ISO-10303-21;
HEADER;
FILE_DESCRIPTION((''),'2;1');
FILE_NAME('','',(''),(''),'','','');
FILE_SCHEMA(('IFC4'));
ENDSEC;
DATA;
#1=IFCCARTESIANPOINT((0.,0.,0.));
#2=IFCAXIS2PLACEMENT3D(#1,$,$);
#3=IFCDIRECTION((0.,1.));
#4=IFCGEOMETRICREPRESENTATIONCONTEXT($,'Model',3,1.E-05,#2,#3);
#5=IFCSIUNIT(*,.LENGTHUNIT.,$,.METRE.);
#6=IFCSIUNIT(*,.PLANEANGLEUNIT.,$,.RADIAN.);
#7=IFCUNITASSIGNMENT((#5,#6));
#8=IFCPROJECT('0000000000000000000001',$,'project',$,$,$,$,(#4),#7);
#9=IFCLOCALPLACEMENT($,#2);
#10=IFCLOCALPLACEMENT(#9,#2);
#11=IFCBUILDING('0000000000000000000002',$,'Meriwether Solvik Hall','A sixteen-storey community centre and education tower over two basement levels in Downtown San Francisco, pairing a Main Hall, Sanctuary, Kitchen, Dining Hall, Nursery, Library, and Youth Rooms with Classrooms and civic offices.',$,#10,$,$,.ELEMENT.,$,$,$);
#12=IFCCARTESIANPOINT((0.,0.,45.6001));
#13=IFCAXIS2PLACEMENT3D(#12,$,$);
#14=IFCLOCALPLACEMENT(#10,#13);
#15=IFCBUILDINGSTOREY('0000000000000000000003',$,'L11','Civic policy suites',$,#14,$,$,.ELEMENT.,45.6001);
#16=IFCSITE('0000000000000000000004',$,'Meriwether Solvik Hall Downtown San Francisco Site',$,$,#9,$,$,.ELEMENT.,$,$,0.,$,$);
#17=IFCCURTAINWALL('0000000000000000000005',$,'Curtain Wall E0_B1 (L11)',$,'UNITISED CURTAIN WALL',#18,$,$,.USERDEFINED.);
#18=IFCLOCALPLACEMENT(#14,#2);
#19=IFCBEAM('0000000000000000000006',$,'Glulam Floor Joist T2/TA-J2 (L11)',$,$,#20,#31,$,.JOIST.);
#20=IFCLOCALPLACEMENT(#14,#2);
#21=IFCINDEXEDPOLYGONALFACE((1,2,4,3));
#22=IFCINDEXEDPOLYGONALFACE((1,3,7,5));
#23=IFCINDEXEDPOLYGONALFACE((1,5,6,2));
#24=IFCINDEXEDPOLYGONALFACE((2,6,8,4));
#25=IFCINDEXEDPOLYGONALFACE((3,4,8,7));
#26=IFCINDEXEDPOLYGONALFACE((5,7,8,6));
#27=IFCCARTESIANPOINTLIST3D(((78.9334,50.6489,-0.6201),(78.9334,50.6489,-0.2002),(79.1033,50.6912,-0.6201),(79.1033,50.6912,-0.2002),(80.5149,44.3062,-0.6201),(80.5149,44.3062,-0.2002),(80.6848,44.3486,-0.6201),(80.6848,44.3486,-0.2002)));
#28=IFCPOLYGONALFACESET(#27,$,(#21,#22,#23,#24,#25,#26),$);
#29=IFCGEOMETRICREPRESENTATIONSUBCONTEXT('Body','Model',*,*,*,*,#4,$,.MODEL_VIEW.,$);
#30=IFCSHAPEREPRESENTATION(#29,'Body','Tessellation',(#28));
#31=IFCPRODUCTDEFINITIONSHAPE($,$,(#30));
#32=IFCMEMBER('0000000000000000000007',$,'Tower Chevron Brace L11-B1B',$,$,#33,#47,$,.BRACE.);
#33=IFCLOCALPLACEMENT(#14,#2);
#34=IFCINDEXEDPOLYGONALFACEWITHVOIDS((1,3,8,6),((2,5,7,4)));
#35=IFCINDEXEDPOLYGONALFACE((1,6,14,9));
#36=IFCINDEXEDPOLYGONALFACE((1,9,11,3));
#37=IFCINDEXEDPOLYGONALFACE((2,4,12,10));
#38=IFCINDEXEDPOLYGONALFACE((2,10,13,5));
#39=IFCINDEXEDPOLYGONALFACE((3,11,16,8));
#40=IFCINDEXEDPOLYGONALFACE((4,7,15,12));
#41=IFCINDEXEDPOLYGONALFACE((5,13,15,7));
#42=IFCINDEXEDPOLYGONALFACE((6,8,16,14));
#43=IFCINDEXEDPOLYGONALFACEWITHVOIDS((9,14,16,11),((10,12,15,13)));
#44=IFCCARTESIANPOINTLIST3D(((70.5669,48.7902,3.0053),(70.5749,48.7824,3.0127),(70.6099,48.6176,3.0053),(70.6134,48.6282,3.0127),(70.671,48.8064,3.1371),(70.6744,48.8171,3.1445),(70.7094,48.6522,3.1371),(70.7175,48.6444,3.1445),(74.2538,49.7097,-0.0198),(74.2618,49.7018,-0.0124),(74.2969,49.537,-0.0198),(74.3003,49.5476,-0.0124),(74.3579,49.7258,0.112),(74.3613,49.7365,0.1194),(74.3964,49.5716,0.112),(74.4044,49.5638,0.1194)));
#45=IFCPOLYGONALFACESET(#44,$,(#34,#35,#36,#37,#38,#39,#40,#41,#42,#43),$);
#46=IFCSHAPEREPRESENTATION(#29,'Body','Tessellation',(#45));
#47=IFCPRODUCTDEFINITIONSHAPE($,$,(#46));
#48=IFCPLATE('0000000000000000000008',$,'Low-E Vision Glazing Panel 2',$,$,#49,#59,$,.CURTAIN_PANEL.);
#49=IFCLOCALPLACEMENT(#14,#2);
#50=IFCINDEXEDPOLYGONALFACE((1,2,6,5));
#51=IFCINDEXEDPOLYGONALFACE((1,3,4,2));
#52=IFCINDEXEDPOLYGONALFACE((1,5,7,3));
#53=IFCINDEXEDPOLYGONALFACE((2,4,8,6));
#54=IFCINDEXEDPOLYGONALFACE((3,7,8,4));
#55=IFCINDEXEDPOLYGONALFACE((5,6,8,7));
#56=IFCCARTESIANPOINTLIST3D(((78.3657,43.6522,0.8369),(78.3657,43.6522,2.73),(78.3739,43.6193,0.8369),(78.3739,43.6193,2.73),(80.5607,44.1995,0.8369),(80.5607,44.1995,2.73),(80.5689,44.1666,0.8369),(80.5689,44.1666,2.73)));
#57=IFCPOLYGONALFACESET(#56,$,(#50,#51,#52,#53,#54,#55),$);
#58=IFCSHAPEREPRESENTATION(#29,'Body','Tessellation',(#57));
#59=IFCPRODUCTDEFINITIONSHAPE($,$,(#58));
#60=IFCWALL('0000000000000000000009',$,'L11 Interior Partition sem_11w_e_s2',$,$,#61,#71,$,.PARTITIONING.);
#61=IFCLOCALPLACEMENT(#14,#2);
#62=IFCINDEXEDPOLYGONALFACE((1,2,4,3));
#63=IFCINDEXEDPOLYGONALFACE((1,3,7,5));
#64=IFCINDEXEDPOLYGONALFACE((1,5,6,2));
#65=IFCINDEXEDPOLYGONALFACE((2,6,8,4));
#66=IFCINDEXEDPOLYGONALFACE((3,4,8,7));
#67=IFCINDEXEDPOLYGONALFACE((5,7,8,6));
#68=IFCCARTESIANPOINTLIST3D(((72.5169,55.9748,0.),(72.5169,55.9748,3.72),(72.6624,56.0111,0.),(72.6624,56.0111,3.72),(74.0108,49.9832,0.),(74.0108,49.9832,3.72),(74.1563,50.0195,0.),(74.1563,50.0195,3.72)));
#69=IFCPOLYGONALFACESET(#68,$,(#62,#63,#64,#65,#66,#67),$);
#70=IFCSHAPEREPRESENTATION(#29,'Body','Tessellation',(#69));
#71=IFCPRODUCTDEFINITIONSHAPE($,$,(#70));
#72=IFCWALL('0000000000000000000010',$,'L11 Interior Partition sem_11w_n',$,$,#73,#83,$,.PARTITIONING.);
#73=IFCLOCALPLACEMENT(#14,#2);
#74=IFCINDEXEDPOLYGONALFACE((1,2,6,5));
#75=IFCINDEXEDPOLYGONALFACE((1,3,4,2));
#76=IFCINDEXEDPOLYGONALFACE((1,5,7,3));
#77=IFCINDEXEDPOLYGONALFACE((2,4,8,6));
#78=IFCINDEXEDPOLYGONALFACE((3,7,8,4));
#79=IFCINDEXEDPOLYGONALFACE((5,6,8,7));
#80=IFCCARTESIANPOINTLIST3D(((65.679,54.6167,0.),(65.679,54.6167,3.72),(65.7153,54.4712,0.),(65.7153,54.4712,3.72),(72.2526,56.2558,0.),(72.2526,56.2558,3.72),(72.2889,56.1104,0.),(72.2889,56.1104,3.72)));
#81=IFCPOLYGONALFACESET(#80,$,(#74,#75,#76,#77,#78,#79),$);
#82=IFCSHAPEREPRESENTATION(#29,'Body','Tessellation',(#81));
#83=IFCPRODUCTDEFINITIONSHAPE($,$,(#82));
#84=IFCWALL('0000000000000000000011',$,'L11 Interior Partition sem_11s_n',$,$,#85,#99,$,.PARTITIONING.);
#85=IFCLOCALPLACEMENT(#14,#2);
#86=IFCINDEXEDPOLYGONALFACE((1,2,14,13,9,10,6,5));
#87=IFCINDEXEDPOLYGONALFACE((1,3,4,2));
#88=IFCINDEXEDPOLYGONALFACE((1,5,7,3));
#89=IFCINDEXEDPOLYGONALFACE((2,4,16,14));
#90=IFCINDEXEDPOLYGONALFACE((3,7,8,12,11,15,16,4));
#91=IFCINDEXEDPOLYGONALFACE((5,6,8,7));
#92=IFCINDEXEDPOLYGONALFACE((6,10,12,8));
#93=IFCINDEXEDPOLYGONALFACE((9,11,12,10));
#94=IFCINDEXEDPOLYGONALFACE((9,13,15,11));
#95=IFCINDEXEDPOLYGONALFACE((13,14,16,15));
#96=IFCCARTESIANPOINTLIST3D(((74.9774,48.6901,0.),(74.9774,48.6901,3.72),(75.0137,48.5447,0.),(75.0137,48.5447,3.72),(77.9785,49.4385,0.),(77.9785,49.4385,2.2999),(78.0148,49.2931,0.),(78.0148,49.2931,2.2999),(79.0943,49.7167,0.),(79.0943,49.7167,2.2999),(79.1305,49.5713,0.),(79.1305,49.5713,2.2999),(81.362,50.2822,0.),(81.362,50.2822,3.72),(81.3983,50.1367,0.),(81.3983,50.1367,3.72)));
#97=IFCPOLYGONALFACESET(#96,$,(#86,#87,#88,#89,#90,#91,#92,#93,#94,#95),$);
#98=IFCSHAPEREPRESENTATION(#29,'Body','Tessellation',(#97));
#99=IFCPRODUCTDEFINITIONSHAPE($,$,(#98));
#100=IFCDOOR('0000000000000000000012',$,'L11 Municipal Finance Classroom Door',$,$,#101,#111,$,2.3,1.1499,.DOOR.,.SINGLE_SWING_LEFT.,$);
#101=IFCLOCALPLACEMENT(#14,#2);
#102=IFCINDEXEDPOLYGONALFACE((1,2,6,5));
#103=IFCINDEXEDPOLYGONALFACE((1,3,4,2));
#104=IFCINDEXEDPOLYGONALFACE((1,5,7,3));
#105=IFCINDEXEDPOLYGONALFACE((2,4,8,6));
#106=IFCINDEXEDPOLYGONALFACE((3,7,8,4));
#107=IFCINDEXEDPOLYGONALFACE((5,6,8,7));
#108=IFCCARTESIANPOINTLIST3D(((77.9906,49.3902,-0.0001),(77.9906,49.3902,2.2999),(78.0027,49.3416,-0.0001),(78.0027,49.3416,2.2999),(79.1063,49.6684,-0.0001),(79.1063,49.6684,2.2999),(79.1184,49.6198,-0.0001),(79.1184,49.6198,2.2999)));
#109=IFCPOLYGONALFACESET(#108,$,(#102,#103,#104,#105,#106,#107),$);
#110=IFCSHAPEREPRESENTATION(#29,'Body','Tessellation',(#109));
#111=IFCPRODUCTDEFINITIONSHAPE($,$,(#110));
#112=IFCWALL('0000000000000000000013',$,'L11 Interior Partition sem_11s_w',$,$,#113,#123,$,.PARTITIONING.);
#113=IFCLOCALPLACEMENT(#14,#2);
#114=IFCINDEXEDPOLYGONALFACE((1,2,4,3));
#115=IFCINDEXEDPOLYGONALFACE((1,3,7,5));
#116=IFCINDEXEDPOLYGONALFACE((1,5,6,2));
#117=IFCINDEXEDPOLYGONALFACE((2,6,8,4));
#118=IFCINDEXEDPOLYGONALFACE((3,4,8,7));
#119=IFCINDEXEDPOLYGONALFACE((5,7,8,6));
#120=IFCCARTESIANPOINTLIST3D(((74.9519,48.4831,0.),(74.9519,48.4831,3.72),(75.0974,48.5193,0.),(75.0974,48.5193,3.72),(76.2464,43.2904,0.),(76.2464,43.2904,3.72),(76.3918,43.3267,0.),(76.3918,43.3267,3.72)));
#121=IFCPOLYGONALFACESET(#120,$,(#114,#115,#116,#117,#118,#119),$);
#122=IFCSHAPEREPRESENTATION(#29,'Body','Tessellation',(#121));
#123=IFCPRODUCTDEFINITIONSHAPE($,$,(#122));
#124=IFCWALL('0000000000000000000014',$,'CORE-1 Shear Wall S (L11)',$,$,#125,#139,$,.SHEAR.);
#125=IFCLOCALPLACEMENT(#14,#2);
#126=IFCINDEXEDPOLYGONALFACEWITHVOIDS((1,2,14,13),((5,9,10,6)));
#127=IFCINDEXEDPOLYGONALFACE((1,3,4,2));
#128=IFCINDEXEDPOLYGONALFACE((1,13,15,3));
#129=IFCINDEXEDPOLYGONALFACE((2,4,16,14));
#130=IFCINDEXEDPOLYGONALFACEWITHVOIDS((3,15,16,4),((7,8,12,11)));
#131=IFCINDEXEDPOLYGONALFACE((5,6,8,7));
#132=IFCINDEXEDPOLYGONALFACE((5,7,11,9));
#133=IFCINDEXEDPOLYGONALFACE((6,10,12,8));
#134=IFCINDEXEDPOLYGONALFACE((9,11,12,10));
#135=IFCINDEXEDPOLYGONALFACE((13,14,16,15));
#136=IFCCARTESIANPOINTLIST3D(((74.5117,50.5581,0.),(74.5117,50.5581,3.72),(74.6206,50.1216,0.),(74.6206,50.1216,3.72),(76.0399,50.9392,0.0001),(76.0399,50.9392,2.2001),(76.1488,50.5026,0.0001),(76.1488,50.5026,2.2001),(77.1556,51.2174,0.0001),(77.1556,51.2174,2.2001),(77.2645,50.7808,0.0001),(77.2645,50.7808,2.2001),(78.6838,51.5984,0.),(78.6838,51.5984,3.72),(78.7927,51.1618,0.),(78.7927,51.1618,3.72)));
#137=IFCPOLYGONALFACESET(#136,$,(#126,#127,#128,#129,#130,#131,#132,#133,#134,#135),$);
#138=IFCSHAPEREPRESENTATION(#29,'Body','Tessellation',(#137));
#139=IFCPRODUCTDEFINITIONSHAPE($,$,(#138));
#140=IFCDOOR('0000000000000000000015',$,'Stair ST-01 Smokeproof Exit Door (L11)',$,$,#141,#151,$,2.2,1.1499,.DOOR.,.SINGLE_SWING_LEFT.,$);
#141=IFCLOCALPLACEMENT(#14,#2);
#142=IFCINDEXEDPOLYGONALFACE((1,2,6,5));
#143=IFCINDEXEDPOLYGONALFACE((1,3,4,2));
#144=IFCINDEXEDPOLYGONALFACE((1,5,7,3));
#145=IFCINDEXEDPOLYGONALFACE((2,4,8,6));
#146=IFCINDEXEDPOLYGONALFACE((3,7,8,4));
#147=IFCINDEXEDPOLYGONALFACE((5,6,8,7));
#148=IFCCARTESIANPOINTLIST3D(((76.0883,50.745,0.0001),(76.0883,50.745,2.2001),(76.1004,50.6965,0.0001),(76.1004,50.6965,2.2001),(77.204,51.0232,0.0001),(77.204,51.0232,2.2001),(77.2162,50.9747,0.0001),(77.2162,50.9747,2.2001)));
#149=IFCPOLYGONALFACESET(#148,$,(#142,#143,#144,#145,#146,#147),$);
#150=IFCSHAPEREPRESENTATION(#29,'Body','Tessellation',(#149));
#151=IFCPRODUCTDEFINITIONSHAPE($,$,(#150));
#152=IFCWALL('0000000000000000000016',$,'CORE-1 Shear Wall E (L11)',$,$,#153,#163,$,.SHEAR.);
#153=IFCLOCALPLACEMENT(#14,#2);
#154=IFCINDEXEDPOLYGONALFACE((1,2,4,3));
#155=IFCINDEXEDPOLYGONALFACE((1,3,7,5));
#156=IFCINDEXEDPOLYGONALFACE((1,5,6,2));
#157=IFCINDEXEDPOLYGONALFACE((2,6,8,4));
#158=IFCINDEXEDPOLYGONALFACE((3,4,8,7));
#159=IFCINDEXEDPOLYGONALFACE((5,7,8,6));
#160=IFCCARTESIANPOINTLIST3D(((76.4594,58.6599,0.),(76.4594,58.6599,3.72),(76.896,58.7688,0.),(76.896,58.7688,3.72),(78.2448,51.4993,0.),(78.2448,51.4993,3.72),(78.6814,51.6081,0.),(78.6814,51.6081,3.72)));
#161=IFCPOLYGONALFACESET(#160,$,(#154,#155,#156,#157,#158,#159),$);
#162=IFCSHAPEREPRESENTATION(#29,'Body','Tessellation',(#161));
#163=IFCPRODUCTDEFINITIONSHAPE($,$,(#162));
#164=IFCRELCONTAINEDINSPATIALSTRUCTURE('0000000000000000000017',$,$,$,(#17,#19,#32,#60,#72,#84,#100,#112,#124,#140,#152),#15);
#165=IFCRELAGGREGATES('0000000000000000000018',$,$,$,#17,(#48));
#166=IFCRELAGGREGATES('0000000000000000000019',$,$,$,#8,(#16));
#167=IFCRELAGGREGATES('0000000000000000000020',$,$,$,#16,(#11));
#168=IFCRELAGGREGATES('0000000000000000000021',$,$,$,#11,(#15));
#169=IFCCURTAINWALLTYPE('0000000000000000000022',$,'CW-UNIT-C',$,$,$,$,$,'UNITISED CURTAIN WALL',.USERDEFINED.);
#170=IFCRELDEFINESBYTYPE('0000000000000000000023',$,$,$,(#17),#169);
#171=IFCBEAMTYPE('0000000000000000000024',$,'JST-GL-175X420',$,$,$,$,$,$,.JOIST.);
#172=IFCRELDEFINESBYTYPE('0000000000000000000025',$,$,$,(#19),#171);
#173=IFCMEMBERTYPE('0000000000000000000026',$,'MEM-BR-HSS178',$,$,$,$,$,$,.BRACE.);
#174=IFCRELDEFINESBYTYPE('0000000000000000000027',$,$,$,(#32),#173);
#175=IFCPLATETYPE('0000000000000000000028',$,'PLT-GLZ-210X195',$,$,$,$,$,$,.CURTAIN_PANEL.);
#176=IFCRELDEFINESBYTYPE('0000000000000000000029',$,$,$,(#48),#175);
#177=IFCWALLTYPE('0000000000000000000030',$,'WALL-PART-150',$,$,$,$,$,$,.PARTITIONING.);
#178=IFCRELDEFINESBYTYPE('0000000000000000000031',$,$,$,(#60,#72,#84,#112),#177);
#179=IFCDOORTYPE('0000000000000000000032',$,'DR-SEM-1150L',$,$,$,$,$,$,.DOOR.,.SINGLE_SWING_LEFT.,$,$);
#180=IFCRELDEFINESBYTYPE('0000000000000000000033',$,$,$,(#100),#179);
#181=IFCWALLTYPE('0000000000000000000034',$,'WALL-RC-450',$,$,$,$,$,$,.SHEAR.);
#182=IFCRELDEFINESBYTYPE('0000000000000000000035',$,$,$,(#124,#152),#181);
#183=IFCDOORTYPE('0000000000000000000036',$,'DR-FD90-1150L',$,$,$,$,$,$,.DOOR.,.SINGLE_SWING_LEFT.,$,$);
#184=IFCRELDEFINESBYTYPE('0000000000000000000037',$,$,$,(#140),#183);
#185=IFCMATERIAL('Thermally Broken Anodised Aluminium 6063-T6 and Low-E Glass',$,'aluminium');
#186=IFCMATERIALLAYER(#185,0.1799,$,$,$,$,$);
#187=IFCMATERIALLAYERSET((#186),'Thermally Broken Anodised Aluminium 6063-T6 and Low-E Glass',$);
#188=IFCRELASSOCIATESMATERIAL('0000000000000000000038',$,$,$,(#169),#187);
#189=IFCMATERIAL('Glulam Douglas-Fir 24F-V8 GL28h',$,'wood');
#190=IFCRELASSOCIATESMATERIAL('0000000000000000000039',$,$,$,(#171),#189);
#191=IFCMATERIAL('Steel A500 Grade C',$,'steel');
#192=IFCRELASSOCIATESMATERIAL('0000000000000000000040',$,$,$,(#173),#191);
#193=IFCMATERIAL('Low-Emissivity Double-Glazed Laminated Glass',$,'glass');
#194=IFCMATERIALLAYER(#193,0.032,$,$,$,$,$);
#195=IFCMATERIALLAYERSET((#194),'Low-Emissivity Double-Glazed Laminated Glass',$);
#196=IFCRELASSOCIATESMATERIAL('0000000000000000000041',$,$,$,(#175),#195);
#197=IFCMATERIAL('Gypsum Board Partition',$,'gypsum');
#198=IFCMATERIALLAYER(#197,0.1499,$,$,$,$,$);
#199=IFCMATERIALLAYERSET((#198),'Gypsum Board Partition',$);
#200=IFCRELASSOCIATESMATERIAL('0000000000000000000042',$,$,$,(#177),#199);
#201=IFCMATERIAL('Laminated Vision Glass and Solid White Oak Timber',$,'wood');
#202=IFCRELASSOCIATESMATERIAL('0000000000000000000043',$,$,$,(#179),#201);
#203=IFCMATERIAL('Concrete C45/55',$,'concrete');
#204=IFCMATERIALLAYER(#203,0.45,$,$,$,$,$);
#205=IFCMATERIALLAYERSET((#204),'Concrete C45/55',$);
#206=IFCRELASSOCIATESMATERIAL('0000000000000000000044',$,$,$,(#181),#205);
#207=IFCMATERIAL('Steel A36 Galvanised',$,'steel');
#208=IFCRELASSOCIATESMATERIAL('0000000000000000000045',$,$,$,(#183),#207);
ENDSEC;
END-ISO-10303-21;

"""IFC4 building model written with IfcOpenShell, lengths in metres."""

from ifc_helpers import new_model, si_unit, direction, frame, frame_2d, origin, origin_2d, place, context, subcontext, project, spatial, rectangle, hollow_rectangle, extrude, material, layer, layer_set, material_profile, profile_set, type_object, element, fill, aggregate, save


model = new_model("IFC4")

# Units and contexts
model_context = context("Model", 3, precision=1e-05, world=origin(), true_north=direction((0.0, 1.0)))
body_context = subcontext(model_context, "Body", "Model", "MODEL_VIEW")
ifc_project = project(units=[si_unit("LENGTHUNIT", "METRE"), si_unit("PLANEANGLEUNIT", "RADIAN")], contexts=[model_context])

# Site, building, storey
site_placement = place(None, origin())
site = spatial("IfcSite", under=ifc_project, at=site_placement, Name="Meriwether Solvik Hall Downtown San Francisco Site", CompositionType="ELEMENT", RefElevation=0.0)
building_placement = place(site_placement, origin())
building = spatial("IfcBuilding", under=site, at=building_placement, Name="Meriwether Solvik Hall", Description="A sixteen-storey community centre and education tower over two basement levels in Downtown San Francisco, pairing a Main Hall, Sanctuary, Kitchen, Dining Hall, Nursery, Library, and Youth Rooms with Classrooms and civic offices.", CompositionType="ELEMENT")
storey_placement = place(building_placement, frame((0.0, 0.0, 45.6001)))
storey = spatial("IfcBuildingStorey", under=building, at=storey_placement, Name="L11", Description="Civic policy suites", CompositionType="ELEMENT", Elevation=45.6001)

# Curtain wall
ifc_material_1 = material(Name="Thermally Broken Anodised Aluminium 6063-T6 and Low-E Glass", Category="aluminium")
ifc_layer_1 = layer(ifc_material_1, 0.1799)
ifc_layer_set_1 = layer_set([ifc_layer_1], Name="Thermally Broken Anodised Aluminium 6063-T6 and Low-E Glass")
curtain_wall_type = type_object("IfcCurtainWallType", Name="CW-UNIT-C", ElementType="UNITISED CURTAIN WALL", PredefinedType="USERDEFINED", material=ifc_layer_set_1)
curtain_wall_placement = place(storey_placement, origin())
curtain_wall = element("IfcCurtainWall", 1, at=curtain_wall_placement, inside=storey, type_object=curtain_wall_type, Name="Curtain Wall E0_B1 (L11)", ObjectType="UNITISED CURTAIN WALL", PredefinedType="USERDEFINED")

# Beam
ifc_material_2 = material(Name="Glulam Douglas-Fir 24F-V8 GL28h", Category="wood")
ifc_material_profile_1 = material_profile(ifc_material_2, rectangle(XDim=0.175, YDim=0.4199, at=origin_2d()), Name="GLJ-175X420")
ifc_profile_set_1 = profile_set([ifc_material_profile_1], Name="Glulam Douglas-Fir 24F-V8 GL28h")
beam_type_1 = type_object("IfcBeamType", Name="JST-GL-175X420", PredefinedType="JOIST", material=ifc_profile_set_1)
beam_1_placement = place(storey_placement, frame((80.5999, 44.3274, -0.4102), z_axis=(-0.241938, 0.970292, 0.0), x_axis=(-0.970292, -0.241938, 0.0)))
element("IfcBeam", 2, at=beam_1_placement, inside=storey, type_object=beam_type_1, Name="Glulam Floor Joist T2/TA-J2 (L11)", PredefinedType="JOIST", context=body_context, shape_type="SweptSolid", body=[
    extrude(rectangle(XDim=0.175, YDim=0.4199, at=origin_2d()), origin(), (0.0, 0.0, 1.0), 6.5369),
])

# Member
ifc_material_3 = material(Name="Steel A500 Grade C", Category="steel")
ifc_material_profile_2 = material_profile(ifc_material_3, hollow_rectangle(XDim=0.178, YDim=0.178, WallThickness=0.0095, at=origin_2d()), Name="HSS178X178X9.5")
ifc_profile_set_2 = profile_set([ifc_material_profile_2], Name="Steel A500 Grade C")
member_type_1 = type_object("IfcMemberType", Name="MEM-BR-HSS178", PredefinedType="BRACE", material=ifc_profile_set_2)
member_1_placement = place(storey_placement, frame((74.3291, 49.6367, 0.0498), z_axis=(-0.759105, -0.189299, 0.622836), x_axis=(0.241961, -0.970286, 0.0)))
element("IfcMember", 3, at=member_1_placement, inside=storey, type_object=member_type_1, Name="Tower Chevron Brace L11-B1B", PredefinedType="BRACE", context=body_context, shape_type="SweptSolid", body=[
    extrude(hollow_rectangle(XDim=0.178, YDim=0.178, WallThickness=0.0095, at=origin_2d()), origin(), (0.0, 0.0, 1.0), 4.8569),
])

# Plate
ifc_material_4 = material(Name="Low-Emissivity Double-Glazed Laminated Glass", Category="glass")
ifc_layer_2 = layer(ifc_material_4, 0.032)
ifc_layer_set_2 = layer_set([ifc_layer_2], Name="Low-Emissivity Double-Glazed Laminated Glass")
plate_type = type_object("IfcPlateType", Name="PLT-GLZ-210X195", PredefinedType="CURTAIN_PANEL", material=ifc_layer_set_2)
plate_placement = place(storey_placement, frame((79.4673, 43.9094, 0.8369), z_axis=(0.0, 0.0, 1.0), x_axis=(-0.970296, -0.241922, 0.0)))
plate = element("IfcPlate", 4, at=plate_placement, type_object=plate_type, Name="Low-E Vision Glazing Panel 2", PredefinedType="CURTAIN_PANEL", context=body_context, shape_type="SweptSolid", body=[
    extrude(rectangle(XDim=2.2622, YDim=0.0339, at=origin_2d()), origin(), (0.0, 0.0, 1.0), 1.8931),
])
aggregate(curtain_wall, [plate])

# Walls
ifc_material_5 = material(Name="Gypsum Board Partition", Category="gypsum")
ifc_layer_3 = layer(ifc_material_5, 0.1499)
ifc_layer_set_3 = layer_set([ifc_layer_3], Name="Gypsum Board Partition")
wall_type_1 = type_object("IfcWallType", Name="WALL-PART-150", PredefinedType="PARTITIONING", material=ifc_layer_set_3)
wall_1_placement = place(storey_placement, frame((74.0835, 50.0015, 0.0), z_axis=(0.0, 0.0, 1.0), x_axis=(-0.241922, 0.970296, 0.0)))
element("IfcWall", 5, at=wall_1_placement, inside=storey, type_object=wall_type_1, Name="L11 Interior Partition sem_11w_e_s2", PredefinedType="PARTITIONING", context=body_context, shape_type="SweptSolid", body=[
    extrude(rectangle(XDim=6.175, YDim=0.1499, at=frame_2d((3.0874, 0.0))), origin(), (0.0, 0.0, 1.0), 3.72),
])
wall_2_placement = place(storey_placement, frame((72.2708, 56.1831, 0.0), z_axis=(0.0, 0.0, 1.0), x_axis=(-0.970291, -0.241942, 0.0)))
element("IfcWall", 6, at=wall_2_placement, inside=storey, type_object=wall_type_1, Name="L11 Interior Partition sem_11w_n", PredefinedType="PARTITIONING", context=body_context, shape_type="SweptSolid", body=[
    extrude(rectangle(XDim=6.7749, YDim=0.1499, at=frame_2d((3.3875, 0.0))), origin(), (0.0, 0.0, 1.0), 3.72),
])

# Wall, opening, door
wall_3_placement = place(storey_placement, frame((81.3801, 50.2095, 0.0), z_axis=(0.0, 0.0, 1.0), x_axis=(-0.970289, -0.241951, 0.0)))
wall_3 = element("IfcWall", 7, at=wall_3_placement, inside=storey, type_object=wall_type_1, Name="L11 Interior Partition sem_11s_n", PredefinedType="PARTITIONING", context=body_context, shape_type="SweptSolid", body=[
    extrude(rectangle(XDim=6.5801, YDim=0.1499, at=frame_2d((3.29, 0.0))), origin(), (0.0, 0.0, 1.0), 3.72),
])
opening_1_placement = place(wall_3_placement, frame((2.3372, 0.0, 0.0)))
opening_1 = element("IfcOpeningElement", 8, at=opening_1_placement, cuts=wall_3, PredefinedType="OPENING", context=body_context, shape_type="SweptSolid", body=[
    extrude(rectangle(XDim=1.1499, YDim=2.3, at=frame_2d((0.575, 1.1499))), frame((0.0, 0.0869, 0.0), z_axis=(0.0, -1.0, 0.0), x_axis=(1.0, 0.0, 0.0)), (0.0, 0.0, 1.0), 0.1738),
])
ifc_material_6 = material(Name="Laminated Vision Glass and Solid White Oak Timber", Category="wood")
door_type_1 = type_object("IfcDoorType", Name="DR-SEM-1150L", OperationType="SINGLE_SWING_LEFT", PredefinedType="DOOR", material=ifc_material_6)
door_1_placement = place(opening_1_placement, origin())
door_1 = element("IfcDoor", 9, at=door_1_placement, inside=storey, type_object=door_type_1, Name="L11 Municipal Finance Classroom Door", OperationType="SINGLE_SWING_LEFT", OverallHeight=2.3, OverallWidth=1.1499, PredefinedType="DOOR", context=body_context, shape_type="SweptSolid", body=[
    extrude(rectangle(XDim=1.1499, YDim=2.3, at=frame_2d((0.575, 1.1499))), frame((0.0, 0.0249, 0.0), z_axis=(0.0, -1.0, 0.0), x_axis=(1.0, 0.0, 0.0)), (0.0, 0.0, 1.0), 0.05),
])
fill(opening_1, door_1)

# Wall
wall_4_placement = place(storey_placement, frame((75.0247, 48.5012, 0.0), z_axis=(0.0, 0.0, 1.0), x_axis=(0.241881, -0.970306, 0.0)))
element("IfcWall", 10, at=wall_4_placement, inside=storey, type_object=wall_type_1, Name="L11 Interior Partition sem_11s_w", PredefinedType="PARTITIONING", context=body_context, shape_type="SweptSolid", body=[
    extrude(rectangle(XDim=5.3516, YDim=0.1499, at=frame_2d((2.6758, 0.0))), origin(), (0.0, 0.0, 1.0), 3.72),
])

# Wall, opening, door
ifc_material_7 = material(Name="Concrete C45/55", Category="concrete")
ifc_layer_4 = layer(ifc_material_7, 0.45)
ifc_layer_set_4 = layer_set([ifc_layer_4], Name="Concrete C45/55")
wall_type_2 = type_object("IfcWallType", Name="WALL-RC-450", PredefinedType="SHEAR", material=ifc_layer_set_4)
wall_5_placement = place(storey_placement, frame((74.5662, 50.3398, 0.0), z_axis=(0.0, 0.0, 1.0), x_axis=(0.970293, 0.241934, 0.0)))
wall_5 = element("IfcWall", 11, at=wall_5_placement, inside=storey, type_object=wall_type_2, Name="CORE-1 Shear Wall S (L11)", PredefinedType="SHEAR", context=body_context, shape_type="SweptSolid", body=[
    extrude(rectangle(XDim=4.2998, YDim=0.45, at=frame_2d((2.1499, 0.0))), origin(), (0.0, 0.0, 1.0), 3.72),
])
opening_2_placement = place(wall_5_placement, frame((1.575, 0.0, 0.0)))
opening_2 = element("IfcOpeningElement", 12, at=opening_2_placement, cuts=wall_5, PredefinedType="OPENING", context=body_context, shape_type="SweptSolid", body=[
    extrude(rectangle(XDim=1.1499, YDim=2.2, at=frame_2d((0.575, 1.1001))), frame((0.0, 0.2368, 0.0), z_axis=(0.0, -1.0, 0.0), x_axis=(1.0, 0.0, 0.0)), (0.0, 0.0, 1.0), 0.4739),
])
ifc_material_8 = material(Name="Steel A36 Galvanised", Category="steel")
door_type_2 = type_object("IfcDoorType", Name="DR-FD90-1150L", OperationType="SINGLE_SWING_LEFT", PredefinedType="DOOR", material=ifc_material_8)
door_2_placement = place(opening_2_placement, origin())
door_2 = element("IfcDoor", 13, at=door_2_placement, inside=storey, type_object=door_type_2, Name="Stair ST-01 Smokeproof Exit Door (L11)", OperationType="SINGLE_SWING_LEFT", OverallHeight=2.2, OverallWidth=1.1499, PredefinedType="DOOR", context=body_context, shape_type="SweptSolid", body=[
    extrude(rectangle(XDim=1.1499, YDim=2.2, at=frame_2d((0.575, 1.1001))), frame((0.0, 0.0249, 0.0), z_axis=(0.0, -1.0, 0.0), x_axis=(1.0, 0.0, 0.0)), (0.0, 0.0, 1.0), 0.05),
])
fill(opening_2, door_2)

# Wall
wall_6_placement = place(storey_placement, frame((78.4631, 51.5537, 0.0), z_axis=(0.0, 0.0, 1.0), x_axis=(-0.241928, 0.970294, 0.0)))
element("IfcWall", 14, at=wall_6_placement, inside=storey, type_object=wall_type_2, Name="CORE-1 Shear Wall E (L11)", PredefinedType="SHEAR", context=body_context, shape_type="SweptSolid", body=[
    extrude(rectangle(XDim=7.3799, YDim=0.45, at=frame_2d((3.6899, 0.0))), origin(), (0.0, 0.0, 1.0), 3.72),
])

save(model, "model.ifc")
